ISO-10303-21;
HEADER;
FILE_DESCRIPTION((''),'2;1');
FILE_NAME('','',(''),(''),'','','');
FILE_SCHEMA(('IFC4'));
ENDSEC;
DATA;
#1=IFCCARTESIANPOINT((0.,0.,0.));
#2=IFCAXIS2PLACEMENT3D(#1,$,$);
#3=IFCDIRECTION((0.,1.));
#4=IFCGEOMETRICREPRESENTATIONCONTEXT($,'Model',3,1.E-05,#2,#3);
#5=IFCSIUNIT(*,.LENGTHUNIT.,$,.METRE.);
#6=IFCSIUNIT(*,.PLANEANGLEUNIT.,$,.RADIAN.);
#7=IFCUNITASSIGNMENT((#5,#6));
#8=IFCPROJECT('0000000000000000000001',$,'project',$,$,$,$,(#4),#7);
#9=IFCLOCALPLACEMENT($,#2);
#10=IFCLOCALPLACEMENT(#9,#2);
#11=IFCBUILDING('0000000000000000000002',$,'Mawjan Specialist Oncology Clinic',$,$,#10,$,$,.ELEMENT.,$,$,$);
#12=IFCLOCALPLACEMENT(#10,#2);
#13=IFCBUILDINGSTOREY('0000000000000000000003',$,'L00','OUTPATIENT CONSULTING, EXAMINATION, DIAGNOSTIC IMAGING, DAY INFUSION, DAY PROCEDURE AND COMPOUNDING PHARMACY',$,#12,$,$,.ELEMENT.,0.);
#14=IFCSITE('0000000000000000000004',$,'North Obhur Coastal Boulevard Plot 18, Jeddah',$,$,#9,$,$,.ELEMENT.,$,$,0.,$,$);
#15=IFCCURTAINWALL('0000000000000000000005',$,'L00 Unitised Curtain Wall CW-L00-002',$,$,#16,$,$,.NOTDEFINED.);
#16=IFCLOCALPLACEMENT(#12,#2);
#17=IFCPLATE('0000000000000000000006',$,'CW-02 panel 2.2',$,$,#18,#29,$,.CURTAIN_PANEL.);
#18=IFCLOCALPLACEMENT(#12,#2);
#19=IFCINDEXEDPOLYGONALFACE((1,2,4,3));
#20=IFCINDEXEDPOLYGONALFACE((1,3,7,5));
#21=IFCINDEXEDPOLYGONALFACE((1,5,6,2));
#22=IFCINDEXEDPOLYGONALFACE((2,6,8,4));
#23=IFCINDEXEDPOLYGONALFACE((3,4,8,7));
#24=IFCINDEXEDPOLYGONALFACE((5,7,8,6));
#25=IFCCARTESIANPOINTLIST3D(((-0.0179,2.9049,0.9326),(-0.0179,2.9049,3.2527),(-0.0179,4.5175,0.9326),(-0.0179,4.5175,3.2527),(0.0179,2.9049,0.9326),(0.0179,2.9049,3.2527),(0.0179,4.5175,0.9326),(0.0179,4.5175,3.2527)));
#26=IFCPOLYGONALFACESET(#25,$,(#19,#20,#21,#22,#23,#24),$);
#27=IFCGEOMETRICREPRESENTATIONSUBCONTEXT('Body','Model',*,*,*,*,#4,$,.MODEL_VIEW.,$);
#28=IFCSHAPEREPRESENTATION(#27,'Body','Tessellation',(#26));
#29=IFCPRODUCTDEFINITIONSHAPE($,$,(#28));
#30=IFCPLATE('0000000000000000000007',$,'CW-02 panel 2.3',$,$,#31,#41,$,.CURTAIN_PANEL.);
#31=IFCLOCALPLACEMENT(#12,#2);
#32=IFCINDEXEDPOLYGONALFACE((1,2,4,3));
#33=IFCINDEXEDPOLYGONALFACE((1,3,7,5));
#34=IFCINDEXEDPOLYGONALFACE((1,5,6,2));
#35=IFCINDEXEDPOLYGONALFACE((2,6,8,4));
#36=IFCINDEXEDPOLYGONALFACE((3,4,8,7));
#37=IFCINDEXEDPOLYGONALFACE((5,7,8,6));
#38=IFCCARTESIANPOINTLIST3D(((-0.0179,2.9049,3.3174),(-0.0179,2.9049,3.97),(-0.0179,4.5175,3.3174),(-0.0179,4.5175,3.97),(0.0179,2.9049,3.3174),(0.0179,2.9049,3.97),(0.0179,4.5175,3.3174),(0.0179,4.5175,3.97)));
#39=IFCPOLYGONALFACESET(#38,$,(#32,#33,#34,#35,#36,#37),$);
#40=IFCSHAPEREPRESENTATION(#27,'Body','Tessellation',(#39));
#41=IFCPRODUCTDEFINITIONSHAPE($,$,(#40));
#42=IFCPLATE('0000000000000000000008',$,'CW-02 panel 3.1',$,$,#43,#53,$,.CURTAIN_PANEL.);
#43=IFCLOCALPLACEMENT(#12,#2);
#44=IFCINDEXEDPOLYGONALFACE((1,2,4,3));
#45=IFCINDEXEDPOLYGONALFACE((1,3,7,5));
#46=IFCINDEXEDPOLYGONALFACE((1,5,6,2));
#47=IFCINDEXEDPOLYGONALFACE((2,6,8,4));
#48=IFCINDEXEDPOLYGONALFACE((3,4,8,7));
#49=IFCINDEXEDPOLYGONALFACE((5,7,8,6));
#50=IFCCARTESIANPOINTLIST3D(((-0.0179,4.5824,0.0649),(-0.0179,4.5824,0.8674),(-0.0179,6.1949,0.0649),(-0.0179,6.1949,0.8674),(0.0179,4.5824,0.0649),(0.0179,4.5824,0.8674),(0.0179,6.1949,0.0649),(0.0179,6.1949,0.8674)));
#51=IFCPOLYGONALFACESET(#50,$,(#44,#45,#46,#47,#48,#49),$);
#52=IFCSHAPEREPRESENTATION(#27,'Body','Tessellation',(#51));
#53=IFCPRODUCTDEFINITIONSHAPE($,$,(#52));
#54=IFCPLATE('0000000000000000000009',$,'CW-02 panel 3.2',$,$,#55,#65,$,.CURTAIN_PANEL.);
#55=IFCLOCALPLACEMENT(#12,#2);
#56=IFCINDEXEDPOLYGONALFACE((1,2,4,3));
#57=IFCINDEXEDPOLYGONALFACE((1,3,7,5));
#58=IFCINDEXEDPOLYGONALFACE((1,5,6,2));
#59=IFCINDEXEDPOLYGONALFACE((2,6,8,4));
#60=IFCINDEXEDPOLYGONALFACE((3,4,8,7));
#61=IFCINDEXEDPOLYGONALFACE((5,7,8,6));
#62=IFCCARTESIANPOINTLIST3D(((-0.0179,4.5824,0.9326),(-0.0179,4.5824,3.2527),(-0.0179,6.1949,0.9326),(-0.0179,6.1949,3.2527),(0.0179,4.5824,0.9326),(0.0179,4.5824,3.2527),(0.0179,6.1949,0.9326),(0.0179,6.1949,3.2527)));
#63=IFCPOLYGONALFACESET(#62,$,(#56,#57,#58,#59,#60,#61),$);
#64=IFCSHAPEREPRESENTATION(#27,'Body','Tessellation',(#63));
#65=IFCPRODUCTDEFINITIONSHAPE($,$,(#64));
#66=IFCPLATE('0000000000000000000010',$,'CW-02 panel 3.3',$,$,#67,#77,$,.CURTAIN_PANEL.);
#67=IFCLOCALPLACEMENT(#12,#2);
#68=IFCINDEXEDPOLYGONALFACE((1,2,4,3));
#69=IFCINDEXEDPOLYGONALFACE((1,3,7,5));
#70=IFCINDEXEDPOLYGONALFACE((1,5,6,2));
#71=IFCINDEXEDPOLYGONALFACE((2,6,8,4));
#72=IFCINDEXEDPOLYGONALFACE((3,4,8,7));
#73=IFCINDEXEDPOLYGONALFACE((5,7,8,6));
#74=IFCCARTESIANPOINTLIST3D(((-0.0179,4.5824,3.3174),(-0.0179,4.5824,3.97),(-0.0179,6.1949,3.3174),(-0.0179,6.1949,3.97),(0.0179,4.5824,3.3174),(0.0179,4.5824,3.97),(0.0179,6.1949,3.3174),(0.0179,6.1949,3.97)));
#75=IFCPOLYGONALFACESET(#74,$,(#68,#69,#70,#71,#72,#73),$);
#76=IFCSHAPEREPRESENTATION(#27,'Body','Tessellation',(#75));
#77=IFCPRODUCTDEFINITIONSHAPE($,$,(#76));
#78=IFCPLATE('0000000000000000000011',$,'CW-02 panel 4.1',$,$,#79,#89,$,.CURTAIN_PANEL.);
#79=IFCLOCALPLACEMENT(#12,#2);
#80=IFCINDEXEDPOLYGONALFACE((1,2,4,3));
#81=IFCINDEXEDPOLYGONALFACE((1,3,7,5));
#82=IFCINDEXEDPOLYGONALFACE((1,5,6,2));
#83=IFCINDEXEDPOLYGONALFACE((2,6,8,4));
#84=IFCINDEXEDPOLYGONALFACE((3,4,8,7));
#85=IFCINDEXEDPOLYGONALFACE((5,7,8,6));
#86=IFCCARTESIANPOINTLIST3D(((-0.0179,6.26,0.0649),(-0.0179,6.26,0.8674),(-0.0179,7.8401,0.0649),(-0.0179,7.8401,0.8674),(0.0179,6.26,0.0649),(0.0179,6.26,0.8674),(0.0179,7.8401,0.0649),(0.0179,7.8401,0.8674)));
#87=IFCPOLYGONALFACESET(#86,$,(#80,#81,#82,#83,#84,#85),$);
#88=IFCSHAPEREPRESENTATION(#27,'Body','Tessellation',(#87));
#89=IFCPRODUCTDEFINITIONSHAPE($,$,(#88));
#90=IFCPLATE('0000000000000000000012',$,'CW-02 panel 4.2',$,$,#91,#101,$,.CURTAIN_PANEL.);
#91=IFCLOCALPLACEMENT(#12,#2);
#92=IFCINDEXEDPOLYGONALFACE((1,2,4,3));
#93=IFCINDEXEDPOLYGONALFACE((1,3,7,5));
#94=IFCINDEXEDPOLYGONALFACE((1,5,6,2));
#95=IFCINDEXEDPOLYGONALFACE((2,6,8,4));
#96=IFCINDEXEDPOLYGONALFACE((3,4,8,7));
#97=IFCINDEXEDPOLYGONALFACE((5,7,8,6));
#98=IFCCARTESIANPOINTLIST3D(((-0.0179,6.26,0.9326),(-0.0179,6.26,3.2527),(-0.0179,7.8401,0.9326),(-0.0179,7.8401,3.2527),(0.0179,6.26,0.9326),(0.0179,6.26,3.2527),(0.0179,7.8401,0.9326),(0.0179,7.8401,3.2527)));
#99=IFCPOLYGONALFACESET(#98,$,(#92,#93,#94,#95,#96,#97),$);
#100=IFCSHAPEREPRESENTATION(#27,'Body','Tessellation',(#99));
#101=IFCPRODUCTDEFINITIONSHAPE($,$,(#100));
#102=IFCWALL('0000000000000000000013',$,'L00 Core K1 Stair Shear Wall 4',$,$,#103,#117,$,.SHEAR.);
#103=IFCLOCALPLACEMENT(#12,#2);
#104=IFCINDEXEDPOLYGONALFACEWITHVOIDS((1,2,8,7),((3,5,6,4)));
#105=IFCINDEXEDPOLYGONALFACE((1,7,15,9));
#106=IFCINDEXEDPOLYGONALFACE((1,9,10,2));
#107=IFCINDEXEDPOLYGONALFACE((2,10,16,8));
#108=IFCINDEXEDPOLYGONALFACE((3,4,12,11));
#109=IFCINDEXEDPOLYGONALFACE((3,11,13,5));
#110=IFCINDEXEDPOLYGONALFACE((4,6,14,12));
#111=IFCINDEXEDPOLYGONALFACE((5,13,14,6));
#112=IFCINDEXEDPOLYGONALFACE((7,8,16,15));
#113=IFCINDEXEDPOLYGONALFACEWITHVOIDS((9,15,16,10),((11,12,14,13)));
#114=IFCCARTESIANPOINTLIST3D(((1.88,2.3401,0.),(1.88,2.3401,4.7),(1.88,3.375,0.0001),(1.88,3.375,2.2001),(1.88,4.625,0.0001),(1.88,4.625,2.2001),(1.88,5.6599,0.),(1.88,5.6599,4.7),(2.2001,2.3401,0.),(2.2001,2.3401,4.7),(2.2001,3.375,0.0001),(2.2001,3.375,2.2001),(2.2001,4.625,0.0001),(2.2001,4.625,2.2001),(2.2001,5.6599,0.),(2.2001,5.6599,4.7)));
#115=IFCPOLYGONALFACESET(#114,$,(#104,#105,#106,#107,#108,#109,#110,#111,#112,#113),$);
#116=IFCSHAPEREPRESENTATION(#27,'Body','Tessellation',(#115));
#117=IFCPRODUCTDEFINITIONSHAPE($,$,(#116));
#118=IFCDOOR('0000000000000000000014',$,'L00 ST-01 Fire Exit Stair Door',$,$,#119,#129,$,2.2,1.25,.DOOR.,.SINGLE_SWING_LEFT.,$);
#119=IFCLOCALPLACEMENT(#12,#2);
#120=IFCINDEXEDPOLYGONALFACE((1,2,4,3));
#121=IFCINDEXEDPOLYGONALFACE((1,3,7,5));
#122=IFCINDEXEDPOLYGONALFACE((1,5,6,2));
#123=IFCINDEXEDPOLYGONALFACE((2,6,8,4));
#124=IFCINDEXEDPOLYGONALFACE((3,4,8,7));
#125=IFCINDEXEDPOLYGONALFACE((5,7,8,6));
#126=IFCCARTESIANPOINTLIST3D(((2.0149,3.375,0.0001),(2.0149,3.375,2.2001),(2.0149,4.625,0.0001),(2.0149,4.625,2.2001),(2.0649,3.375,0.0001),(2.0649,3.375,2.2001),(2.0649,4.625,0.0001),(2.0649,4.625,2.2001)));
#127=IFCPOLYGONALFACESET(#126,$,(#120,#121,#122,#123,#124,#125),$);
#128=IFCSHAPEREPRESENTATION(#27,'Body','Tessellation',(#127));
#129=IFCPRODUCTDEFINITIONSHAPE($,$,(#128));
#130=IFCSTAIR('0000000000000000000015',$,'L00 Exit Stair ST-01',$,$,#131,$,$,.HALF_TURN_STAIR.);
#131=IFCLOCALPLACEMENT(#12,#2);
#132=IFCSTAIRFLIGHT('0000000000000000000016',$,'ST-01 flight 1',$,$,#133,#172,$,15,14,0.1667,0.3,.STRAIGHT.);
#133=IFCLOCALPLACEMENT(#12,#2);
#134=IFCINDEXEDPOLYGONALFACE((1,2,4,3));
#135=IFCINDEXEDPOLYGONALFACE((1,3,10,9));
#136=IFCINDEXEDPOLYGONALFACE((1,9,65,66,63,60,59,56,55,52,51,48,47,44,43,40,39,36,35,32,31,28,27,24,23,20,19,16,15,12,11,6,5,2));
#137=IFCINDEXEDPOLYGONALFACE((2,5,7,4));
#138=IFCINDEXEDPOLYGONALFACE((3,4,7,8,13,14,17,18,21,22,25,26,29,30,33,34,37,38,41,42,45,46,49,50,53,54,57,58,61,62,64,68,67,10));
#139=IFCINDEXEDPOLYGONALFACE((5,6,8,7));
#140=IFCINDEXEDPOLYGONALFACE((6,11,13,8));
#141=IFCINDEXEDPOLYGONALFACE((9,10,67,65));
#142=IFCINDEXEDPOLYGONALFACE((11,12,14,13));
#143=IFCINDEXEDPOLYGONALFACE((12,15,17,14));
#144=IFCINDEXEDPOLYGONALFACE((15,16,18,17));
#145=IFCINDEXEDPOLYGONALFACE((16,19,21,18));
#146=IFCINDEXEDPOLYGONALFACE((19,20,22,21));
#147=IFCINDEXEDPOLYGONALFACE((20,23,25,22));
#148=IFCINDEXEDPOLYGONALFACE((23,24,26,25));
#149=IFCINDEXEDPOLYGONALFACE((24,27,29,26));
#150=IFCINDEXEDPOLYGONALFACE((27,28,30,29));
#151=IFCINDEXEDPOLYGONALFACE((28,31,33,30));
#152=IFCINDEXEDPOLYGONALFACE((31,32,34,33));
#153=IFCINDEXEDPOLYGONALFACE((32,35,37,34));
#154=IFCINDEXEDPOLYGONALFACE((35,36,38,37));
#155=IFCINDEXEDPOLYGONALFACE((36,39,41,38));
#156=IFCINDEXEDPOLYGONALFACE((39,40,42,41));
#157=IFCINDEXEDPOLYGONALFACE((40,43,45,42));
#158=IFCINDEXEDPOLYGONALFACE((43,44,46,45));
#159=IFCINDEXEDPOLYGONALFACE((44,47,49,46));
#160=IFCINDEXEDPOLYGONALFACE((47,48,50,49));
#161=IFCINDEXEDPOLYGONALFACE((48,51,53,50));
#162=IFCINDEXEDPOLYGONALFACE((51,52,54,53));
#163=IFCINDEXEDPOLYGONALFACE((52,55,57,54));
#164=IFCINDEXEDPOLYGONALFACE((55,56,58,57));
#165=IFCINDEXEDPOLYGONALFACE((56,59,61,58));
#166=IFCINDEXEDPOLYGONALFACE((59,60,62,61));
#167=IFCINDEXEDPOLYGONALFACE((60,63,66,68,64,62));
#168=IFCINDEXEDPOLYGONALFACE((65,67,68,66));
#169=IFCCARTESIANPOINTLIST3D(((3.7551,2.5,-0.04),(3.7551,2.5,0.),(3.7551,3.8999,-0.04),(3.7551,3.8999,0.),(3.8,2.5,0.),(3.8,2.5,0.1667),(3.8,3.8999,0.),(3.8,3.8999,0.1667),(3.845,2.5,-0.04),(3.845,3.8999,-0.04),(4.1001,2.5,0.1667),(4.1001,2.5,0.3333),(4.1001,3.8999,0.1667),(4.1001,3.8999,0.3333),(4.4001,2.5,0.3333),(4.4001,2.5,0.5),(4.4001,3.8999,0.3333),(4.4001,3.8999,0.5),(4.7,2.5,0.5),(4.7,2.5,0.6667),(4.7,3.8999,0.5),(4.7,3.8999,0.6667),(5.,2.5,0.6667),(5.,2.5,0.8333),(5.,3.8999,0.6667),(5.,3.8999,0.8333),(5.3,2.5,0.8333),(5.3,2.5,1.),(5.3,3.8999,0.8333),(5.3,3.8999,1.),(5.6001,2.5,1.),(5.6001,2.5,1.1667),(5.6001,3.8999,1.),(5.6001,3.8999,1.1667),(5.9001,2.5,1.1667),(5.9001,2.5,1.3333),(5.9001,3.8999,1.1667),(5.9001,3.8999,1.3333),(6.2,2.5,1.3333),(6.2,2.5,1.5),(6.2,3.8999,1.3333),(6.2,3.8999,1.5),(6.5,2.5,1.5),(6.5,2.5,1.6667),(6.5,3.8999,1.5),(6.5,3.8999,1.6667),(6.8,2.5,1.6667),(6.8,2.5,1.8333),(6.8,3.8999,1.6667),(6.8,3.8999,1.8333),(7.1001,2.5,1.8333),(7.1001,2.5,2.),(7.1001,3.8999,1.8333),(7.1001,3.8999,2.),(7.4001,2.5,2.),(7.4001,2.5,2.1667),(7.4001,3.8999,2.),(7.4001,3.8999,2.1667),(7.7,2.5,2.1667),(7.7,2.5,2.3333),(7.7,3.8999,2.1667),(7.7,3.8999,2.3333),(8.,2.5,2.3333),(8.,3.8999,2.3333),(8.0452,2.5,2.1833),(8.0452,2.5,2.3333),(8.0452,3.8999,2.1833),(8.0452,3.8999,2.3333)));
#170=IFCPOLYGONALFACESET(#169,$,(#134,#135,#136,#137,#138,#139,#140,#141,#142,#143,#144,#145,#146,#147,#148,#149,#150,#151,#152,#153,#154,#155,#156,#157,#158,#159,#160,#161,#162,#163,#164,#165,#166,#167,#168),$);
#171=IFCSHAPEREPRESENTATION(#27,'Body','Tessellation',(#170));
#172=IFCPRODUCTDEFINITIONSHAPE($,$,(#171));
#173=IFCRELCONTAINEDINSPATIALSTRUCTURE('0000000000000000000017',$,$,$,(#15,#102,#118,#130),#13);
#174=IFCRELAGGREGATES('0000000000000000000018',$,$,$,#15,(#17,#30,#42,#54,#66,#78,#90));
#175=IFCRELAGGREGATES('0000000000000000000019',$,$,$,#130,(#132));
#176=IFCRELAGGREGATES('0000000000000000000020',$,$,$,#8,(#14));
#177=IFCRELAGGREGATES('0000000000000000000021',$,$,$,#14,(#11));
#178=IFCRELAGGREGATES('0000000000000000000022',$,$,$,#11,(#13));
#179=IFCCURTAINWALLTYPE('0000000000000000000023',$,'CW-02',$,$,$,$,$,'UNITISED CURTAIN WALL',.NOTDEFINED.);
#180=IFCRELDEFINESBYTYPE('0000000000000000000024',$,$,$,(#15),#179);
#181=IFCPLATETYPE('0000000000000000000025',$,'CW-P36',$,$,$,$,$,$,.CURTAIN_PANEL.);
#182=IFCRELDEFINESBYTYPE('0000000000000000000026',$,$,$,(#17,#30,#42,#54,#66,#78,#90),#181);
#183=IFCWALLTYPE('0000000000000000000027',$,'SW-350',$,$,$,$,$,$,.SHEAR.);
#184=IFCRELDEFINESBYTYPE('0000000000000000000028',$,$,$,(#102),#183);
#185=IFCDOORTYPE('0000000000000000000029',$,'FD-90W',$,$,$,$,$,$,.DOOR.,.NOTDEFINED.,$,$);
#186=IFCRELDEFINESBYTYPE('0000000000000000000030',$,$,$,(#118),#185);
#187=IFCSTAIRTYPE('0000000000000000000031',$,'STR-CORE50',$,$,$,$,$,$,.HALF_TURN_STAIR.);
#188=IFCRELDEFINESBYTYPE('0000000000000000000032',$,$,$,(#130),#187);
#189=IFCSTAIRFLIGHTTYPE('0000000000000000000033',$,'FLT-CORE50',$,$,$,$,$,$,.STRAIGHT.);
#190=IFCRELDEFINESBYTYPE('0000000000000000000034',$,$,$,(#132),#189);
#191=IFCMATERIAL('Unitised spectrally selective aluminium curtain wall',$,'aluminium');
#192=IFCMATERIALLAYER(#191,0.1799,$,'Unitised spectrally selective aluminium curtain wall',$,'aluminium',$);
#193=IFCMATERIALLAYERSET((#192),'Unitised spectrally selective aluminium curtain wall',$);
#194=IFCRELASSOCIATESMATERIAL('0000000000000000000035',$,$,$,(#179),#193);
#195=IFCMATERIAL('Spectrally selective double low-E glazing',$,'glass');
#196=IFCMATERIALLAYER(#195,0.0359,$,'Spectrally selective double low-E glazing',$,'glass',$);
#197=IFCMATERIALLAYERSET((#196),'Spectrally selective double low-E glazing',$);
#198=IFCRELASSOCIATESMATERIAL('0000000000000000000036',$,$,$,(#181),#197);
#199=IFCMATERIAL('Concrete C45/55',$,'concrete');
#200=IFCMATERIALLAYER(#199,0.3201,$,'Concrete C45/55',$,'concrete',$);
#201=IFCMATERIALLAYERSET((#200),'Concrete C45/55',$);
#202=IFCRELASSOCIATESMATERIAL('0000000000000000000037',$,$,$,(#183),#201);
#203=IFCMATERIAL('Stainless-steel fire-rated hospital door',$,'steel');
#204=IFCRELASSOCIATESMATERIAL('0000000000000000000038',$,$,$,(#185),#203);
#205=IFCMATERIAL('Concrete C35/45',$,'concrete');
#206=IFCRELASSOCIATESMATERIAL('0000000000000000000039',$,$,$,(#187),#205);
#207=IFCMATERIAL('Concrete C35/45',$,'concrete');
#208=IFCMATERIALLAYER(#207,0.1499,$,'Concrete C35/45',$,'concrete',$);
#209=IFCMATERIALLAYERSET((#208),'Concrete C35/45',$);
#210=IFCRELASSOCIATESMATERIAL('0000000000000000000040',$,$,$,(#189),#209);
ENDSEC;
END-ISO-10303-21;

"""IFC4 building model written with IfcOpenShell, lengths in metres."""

from ifc_helpers import new_model, si_unit, direction, frame, frame_2d, origin, origin_2d, place, context, subcontext, project, spatial, polyline, rectangle, outline, extrude, material, layer, layer_set, type_object, element, fill, aggregate, save


model = new_model("IFC4")

# Units and contexts
model_context = context("Model", 3, precision=1e-05, world=origin(), true_north=direction((0.0, 1.0)))
body_context = subcontext(model_context, "Body", "Model", "MODEL_VIEW")
ifc_project = project(units=[si_unit("LENGTHUNIT", "METRE"), si_unit("PLANEANGLEUNIT", "RADIAN")], contexts=[model_context])

# Site, building, storey
site_placement = place(None, origin())
site = spatial("IfcSite", under=ifc_project, at=site_placement, Name="North Obhur Coastal Boulevard Plot 18, Jeddah", CompositionType="ELEMENT", RefElevation=0.0)
building_placement = place(site_placement, origin())
building = spatial("IfcBuilding", under=site, at=building_placement, Name="Mawjan Specialist Oncology Clinic", CompositionType="ELEMENT")
storey_placement = place(building_placement, origin())
storey = spatial("IfcBuildingStorey", under=building, at=storey_placement, Name="L00", Description="OUTPATIENT CONSULTING, EXAMINATION, DIAGNOSTIC IMAGING, DAY INFUSION, DAY PROCEDURE AND COMPOUNDING PHARMACY", CompositionType="ELEMENT", Elevation=0.0)

# Curtain wall, plates
ifc_material_1 = material(Name="Unitised spectrally selective aluminium curtain wall", Category="aluminium")
ifc_layer_1 = layer(ifc_material_1, 0.1799, Name="Unitised spectrally selective aluminium curtain wall", Category="aluminium")
ifc_layer_set_1 = layer_set([ifc_layer_1], Name="Unitised spectrally selective aluminium curtain wall")
curtain_wall_type = type_object("IfcCurtainWallType", Name="CW-02", ElementType="UNITISED CURTAIN WALL", PredefinedType="NOTDEFINED", material=ifc_layer_set_1)
curtain_wall_placement = place(storey_placement, origin())
curtain_wall = element("IfcCurtainWall", 1, at=curtain_wall_placement, inside=storey, type_object=curtain_wall_type, Name="L00 Unitised Curtain Wall CW-L00-002", PredefinedType="NOTDEFINED")
ifc_material_2 = material(Name="Spectrally selective double low-E glazing", Category="glass")
ifc_layer_2 = layer(ifc_material_2, 0.0359, Name="Spectrally selective double low-E glazing", Category="glass")
ifc_layer_set_2 = layer_set([ifc_layer_2], Name="Spectrally selective double low-E glazing")
plate_type = type_object("IfcPlateType", Name="CW-P36", PredefinedType="CURTAIN_PANEL", material=ifc_layer_set_2)
plate_1_placement = place(storey_placement, frame((0.0, 3.7112, 0.9326), z_axis=(0.0, 0.0, 1.0), x_axis=(0.0, 1.0, 0.0)))
plate_1 = element("IfcPlate", 2, at=plate_1_placement, type_object=plate_type, Name="CW-02 panel 2.2", PredefinedType="CURTAIN_PANEL", context=body_context, shape_type="SweptSolid", body=[
    extrude(rectangle(XDim=1.6125, YDim=0.0359, at=origin_2d()), origin(), (0.0, 0.0, 1.0), 2.3201),
])
plate_2_placement = place(storey_placement, frame((0.0, 3.7112, 3.3174), z_axis=(0.0, 0.0, 1.0), x_axis=(0.0, 1.0, 0.0)))
plate_2 = element("IfcPlate", 3, at=plate_2_placement, type_object=plate_type, Name="CW-02 panel 2.3", PredefinedType="CURTAIN_PANEL", context=body_context, shape_type="SweptSolid", body=[
    extrude(rectangle(XDim=1.6125, YDim=0.0359, at=origin_2d()), origin(), (0.0, 0.0, 1.0), 0.6526),
])
plate_3_placement = place(storey_placement, frame((0.0, 5.3887, 0.0649), z_axis=(0.0, 0.0, 1.0), x_axis=(0.0, 1.0, 0.0)))
plate_3 = element("IfcPlate", 4, at=plate_3_placement, type_object=plate_type, Name="CW-02 panel 3.1", PredefinedType="CURTAIN_PANEL", context=body_context, shape_type="SweptSolid", body=[
    extrude(rectangle(XDim=1.6125, YDim=0.0359, at=origin_2d()), origin(), (0.0, 0.0, 1.0), 0.8025),
])
plate_4_placement = place(storey_placement, frame((0.0, 5.3887, 0.9326), z_axis=(0.0, 0.0, 1.0), x_axis=(0.0, 1.0, 0.0)))
plate_4 = element("IfcPlate", 5, at=plate_4_placement, type_object=plate_type, Name="CW-02 panel 3.2", PredefinedType="CURTAIN_PANEL", context=body_context, shape_type="SweptSolid", body=[
    extrude(rectangle(XDim=1.6125, YDim=0.0359, at=origin_2d()), origin(), (0.0, 0.0, 1.0), 2.3201),
])
plate_5_placement = place(storey_placement, frame((0.0, 5.3887, 3.3174), z_axis=(0.0, 0.0, 1.0), x_axis=(0.0, 1.0, 0.0)))
plate_5 = element("IfcPlate", 6, at=plate_5_placement, type_object=plate_type, Name="CW-02 panel 3.3", PredefinedType="CURTAIN_PANEL", context=body_context, shape_type="SweptSolid", body=[
    extrude(rectangle(XDim=1.6125, YDim=0.0359, at=origin_2d()), origin(), (0.0, 0.0, 1.0), 0.6526),
])
plate_6_placement = place(storey_placement, frame((0.0, 7.05, 0.0649), z_axis=(0.0, 0.0, 1.0), x_axis=(0.0, 1.0, 0.0)))
plate_6 = element("IfcPlate", 7, at=plate_6_placement, type_object=plate_type, Name="CW-02 panel 4.1", PredefinedType="CURTAIN_PANEL", context=body_context, shape_type="SweptSolid", body=[
    extrude(rectangle(XDim=1.5801, YDim=0.0359, at=origin_2d()), origin(), (0.0, 0.0, 1.0), 0.8025),
])
plate_7_placement = place(storey_placement, frame((0.0, 7.05, 0.9326), z_axis=(0.0, 0.0, 1.0), x_axis=(0.0, 1.0, 0.0)))
plate_7 = element("IfcPlate", 8, at=plate_7_placement, type_object=plate_type, Name="CW-02 panel 4.2", PredefinedType="CURTAIN_PANEL", context=body_context, shape_type="SweptSolid", body=[
    extrude(rectangle(XDim=1.5801, YDim=0.0359, at=origin_2d()), origin(), (0.0, 0.0, 1.0), 2.3201),
])
aggregate(curtain_wall, [plate_1, plate_2, plate_3, plate_4, plate_5, plate_6, plate_7])

# Wall, opening, door
ifc_material_3 = material(Name="Concrete C45/55", Category="concrete")
ifc_layer_3 = layer(ifc_material_3, 0.3201, Name="Concrete C45/55", Category="concrete")
ifc_layer_set_3 = layer_set([ifc_layer_3], Name="Concrete C45/55")
wall_type = type_object("IfcWallType", Name="SW-350", PredefinedType="SHEAR", material=ifc_layer_set_3)
wall_placement = place(storey_placement, frame((2.04, 5.6599, 0.0), z_axis=(0.0, 0.0, 1.0), x_axis=(0.0, -1.0, 0.0)))
wall = element("IfcWall", 9, at=wall_placement, inside=storey, type_object=wall_type, Name="L00 Core K1 Stair Shear Wall 4", PredefinedType="SHEAR", context=body_context, shape_type="SweptSolid", body=[
    extrude(rectangle(XDim=3.3198, YDim=0.3201, at=frame_2d((1.6599, 0.0))), origin(), (0.0, 0.0, 1.0), 4.7),
])
opening_placement = place(wall_placement, frame((1.0349, 0.0, 0.0)))
opening = element("IfcOpeningElement", 10, at=opening_placement, cuts=wall, PredefinedType="OPENING", context=body_context, shape_type="SweptSolid", body=[
    extrude(rectangle(XDim=1.25, YDim=2.2, at=frame_2d((0.625, 1.1001))), frame((0.0, 0.1721, 0.0), z_axis=(0.0, -1.0, 0.0), x_axis=(1.0, 0.0, 0.0)), (0.0, 0.0, 1.0), 0.344),
])
ifc_material_4 = material(Name="Stainless-steel fire-rated hospital door", Category="steel")
door_type = type_object("IfcDoorType", Name="FD-90W", OperationType="NOTDEFINED", PredefinedType="DOOR", material=ifc_material_4)
door_placement = place(opening_placement, origin())
door = element("IfcDoor", 11, at=door_placement, inside=storey, type_object=door_type, Name="L00 ST-01 Fire Exit Stair Door", OperationType="SINGLE_SWING_LEFT", OverallHeight=2.2, OverallWidth=1.25, PredefinedType="DOOR", context=body_context, shape_type="SweptSolid", body=[
    extrude(rectangle(XDim=1.25, YDim=2.2, at=frame_2d((0.625, 1.1001))), frame((0.0, 0.0249, 0.0), z_axis=(0.0, -1.0, 0.0), x_axis=(1.0, 0.0, 0.0)), (0.0, 0.0, 1.0), 0.05),
])
fill(opening, door)

# Stair, stair flight
ifc_material_5 = material(Name="Concrete C35/45", Category="concrete")
stair_type = type_object("IfcStairType", Name="STR-CORE50", PredefinedType="HALF_TURN_STAIR", material=ifc_material_5)
stair_placement = place(storey_placement, origin())
stair = element("IfcStair", 12, at=stair_placement, inside=storey, type_object=stair_type, Name="L00 Exit Stair ST-01", PredefinedType="HALF_TURN_STAIR")
ifc_material_6 = material(Name="Concrete C35/45", Category="concrete")
ifc_layer_4 = layer(ifc_material_6, 0.1499, Name="Concrete C35/45", Category="concrete")
ifc_layer_set_4 = layer_set([ifc_layer_4], Name="Concrete C35/45")
stair_flight_type = type_object("IfcStairFlightType", Name="FLT-CORE50", PredefinedType="STRAIGHT", material=ifc_layer_set_4)
stair_flight_placement = place(storey_placement, frame((3.8, 3.2, 0.0), z_axis=(0.0, 0.0, 1.0), x_axis=(1.0, 0.0, 0.0)))
stair_flight = element("IfcStairFlight", 13, at=stair_flight_placement, type_object=stair_flight_type, Name="ST-01 flight 1", NumberOfRisers=15, NumberOfTreads=14, PredefinedType="STRAIGHT", RiserHeight=0.1667, TreadLength=0.3, context=body_context, shape_type="SweptSolid", body=[
    extrude(outline(polyline([(-0.0449, -0.04), (-0.0449, 0.0), (0.0, 0.0), (0.0, 0.1667), (0.3, 0.1667), (0.3, 0.3333), (0.6001, 0.3333), (0.6001, 0.5), (0.8999, 0.5), (0.8999, 0.6667), (1.2, 0.6667), (1.2, 0.8333), (1.5, 0.8333), (1.5, 1.0), (1.8, 1.0), (1.8, 1.1667), (2.1001, 1.1667), (2.1001, 1.3333), (2.3999, 1.3333), (2.3999, 1.5), (2.7, 1.5), (2.7, 1.6667), (3.0, 1.6667), (3.0, 1.8333), (3.3, 1.8333), (3.3, 2.0), (3.6001, 2.0), (3.6001, 2.1667), (3.8999, 2.1667), (3.8999, 2.3333), (4.2, 2.3333), (4.2451, 2.3333), (4.2451, 2.1833), (0.0449, -0.04), (-0.0449, -0.04)])), frame((0.0, 0.7, 0.0), z_axis=(0.0, -1.0, 0.0), x_axis=(1.0, 0.0, 0.0)), (0.0, 0.0, 1.0), 1.3999),
])
aggregate(stair, [stair_flight])

save(model, "model.ifc")
